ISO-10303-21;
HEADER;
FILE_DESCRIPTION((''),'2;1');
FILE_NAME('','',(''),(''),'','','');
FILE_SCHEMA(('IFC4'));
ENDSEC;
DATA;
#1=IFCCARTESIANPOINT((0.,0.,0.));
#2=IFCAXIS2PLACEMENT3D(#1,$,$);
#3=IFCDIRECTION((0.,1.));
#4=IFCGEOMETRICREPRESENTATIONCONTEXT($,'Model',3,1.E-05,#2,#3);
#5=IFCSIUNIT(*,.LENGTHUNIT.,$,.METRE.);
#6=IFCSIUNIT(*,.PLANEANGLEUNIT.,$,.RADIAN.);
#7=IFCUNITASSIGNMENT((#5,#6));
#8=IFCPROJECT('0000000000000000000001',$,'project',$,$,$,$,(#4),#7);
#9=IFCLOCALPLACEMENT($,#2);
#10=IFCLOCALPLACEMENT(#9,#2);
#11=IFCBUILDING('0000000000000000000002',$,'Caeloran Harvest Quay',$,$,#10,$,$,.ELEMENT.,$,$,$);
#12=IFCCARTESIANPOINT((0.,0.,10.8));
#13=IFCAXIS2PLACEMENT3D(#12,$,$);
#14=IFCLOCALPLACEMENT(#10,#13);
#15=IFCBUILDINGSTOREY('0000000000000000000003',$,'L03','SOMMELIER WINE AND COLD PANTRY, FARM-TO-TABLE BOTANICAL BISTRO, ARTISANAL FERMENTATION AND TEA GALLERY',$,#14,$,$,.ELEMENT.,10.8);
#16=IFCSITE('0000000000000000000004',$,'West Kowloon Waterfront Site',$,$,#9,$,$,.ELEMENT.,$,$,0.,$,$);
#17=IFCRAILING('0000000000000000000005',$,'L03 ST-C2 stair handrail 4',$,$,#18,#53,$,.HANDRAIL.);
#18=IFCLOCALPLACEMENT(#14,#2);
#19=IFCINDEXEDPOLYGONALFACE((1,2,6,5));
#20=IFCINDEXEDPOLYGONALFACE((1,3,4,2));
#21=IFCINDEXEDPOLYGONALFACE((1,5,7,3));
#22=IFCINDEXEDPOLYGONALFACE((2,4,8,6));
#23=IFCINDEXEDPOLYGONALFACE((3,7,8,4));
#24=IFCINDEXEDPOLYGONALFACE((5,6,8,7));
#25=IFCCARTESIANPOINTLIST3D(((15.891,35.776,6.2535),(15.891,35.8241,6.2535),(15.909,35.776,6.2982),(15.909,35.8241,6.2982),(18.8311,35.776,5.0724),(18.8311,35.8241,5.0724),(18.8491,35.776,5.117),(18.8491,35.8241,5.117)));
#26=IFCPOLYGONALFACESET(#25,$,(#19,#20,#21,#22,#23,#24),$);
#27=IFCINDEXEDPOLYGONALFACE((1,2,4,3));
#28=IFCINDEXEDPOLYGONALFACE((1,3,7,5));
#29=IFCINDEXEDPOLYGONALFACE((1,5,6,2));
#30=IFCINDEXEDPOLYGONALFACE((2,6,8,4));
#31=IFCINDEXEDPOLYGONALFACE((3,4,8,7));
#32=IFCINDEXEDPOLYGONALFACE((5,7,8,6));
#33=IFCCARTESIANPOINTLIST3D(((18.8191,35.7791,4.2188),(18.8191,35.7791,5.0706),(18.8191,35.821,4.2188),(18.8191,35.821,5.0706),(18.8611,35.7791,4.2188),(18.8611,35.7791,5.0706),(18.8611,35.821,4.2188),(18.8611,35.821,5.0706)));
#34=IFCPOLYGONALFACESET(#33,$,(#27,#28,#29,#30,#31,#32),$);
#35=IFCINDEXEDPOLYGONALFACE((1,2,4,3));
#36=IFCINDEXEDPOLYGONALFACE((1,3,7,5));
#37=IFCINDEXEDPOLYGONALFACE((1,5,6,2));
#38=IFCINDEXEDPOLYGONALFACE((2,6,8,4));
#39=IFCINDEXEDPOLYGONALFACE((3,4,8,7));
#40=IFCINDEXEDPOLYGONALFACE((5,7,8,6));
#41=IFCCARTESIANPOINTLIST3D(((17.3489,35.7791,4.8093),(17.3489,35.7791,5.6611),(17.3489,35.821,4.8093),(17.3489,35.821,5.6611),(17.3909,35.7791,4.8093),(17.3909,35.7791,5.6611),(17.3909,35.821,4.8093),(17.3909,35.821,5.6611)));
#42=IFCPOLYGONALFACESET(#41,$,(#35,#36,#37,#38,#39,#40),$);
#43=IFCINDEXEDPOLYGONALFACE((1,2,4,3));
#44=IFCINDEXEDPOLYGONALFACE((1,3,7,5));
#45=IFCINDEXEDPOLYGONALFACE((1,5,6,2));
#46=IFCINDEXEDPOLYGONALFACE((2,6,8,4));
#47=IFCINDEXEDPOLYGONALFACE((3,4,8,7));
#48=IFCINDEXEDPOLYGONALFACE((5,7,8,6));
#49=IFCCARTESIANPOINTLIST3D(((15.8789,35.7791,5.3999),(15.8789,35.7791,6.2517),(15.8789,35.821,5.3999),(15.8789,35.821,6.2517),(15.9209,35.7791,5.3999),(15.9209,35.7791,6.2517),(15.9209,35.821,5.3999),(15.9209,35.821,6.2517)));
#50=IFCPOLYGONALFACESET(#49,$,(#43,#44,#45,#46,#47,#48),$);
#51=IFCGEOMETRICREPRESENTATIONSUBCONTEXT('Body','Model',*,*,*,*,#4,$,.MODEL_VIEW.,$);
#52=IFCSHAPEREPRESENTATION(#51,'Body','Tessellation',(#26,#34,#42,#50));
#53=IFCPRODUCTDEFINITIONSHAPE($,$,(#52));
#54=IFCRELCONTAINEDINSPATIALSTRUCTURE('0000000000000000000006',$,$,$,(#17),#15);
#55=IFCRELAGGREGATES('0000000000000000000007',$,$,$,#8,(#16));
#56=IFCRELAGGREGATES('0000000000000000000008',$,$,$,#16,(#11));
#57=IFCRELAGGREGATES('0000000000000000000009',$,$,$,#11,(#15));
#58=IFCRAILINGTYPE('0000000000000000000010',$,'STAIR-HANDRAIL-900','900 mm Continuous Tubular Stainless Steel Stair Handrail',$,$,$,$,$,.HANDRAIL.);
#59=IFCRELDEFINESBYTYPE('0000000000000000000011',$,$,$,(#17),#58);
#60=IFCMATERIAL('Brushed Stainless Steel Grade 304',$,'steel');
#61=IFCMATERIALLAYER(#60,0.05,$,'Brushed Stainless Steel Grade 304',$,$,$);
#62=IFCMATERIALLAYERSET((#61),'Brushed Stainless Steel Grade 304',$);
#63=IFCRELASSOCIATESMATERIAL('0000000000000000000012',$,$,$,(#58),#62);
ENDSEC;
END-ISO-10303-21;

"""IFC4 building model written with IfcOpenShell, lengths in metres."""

from ifc_helpers import new_model, si_unit, direction, frame, origin, origin_2d, place, context, subcontext, project, spatial, rectangle, extrude, material, layer, layer_set, type_object, element, save


model = new_model("IFC4")

# Units and contexts
model_context = context("Model", 3, precision=1e-05, world=origin(), true_north=direction((0.0, 1.0)))
body_context = subcontext(model_context, "Body", "Model", "MODEL_VIEW")
ifc_project = project(units=[si_unit("LENGTHUNIT", "METRE"), si_unit("PLANEANGLEUNIT", "RADIAN")], contexts=[model_context])

# Site, building, storey
site_placement = place(None, origin())
site = spatial("IfcSite", under=ifc_project, at=site_placement, Name="West Kowloon Waterfront Site", CompositionType="ELEMENT", RefElevation=0.0)
building_placement = place(site_placement, origin())
building = spatial("IfcBuilding", under=site, at=building_placement, Name="Caeloran Harvest Quay", CompositionType="ELEMENT")
storey_placement = place(building_placement, frame((0.0, 0.0, 10.8)))
storey = spatial("IfcBuildingStorey", under=building, at=storey_placement, Name="L03", Description="SOMMELIER WINE AND COLD PANTRY, FARM-TO-TABLE BOTANICAL BISTRO, ARTISANAL FERMENTATION AND TEA GALLERY", CompositionType="ELEMENT", Elevation=10.8)

# Railing
ifc_material_1 = material(Name="Brushed Stainless Steel Grade 304", Category="steel")
ifc_layer_1 = layer(ifc_material_1, 0.05, Name="Brushed Stainless Steel Grade 304")
ifc_layer_set_1 = layer_set([ifc_layer_1], Name="Brushed Stainless Steel Grade 304")
railing_type_1 = type_object("IfcRailingType", Name="STAIR-HANDRAIL-900", Description="900 mm Continuous Tubular Stainless Steel Stair Handrail", PredefinedType="HANDRAIL", material=ifc_layer_set_1)
for number, where, name in (
    (1, (18.8401, 35.8, 4.2188), "L03 ST-C2 stair handrail 4"),
):
    element("IfcRailing", number, at=place(storey_placement, frame(where)), inside=storey, type_object=railing_type_1, Name=name, PredefinedType="HANDRAIL", context=body_context, shape_type="SweptSolid", body=[
        extrude(rectangle(XDim=0.0481, YDim=0.0481, at=origin_2d()), frame((0.0, 0.0, 0.876), z_axis=(-0.927923, 0.0, 0.372772), x_axis=(0.0, -1.0, 0.0)), (0.0, 0.0, 1.0), 3.1685),
        extrude(rectangle(XDim=0.042, YDim=0.042, at=origin_2d()), origin(), (0.0, 0.0, 1.0), 0.8518),
        extrude(rectangle(XDim=0.042, YDim=0.042, at=origin_2d()), frame((-1.4702, 0.0, 0.5906)), (0.0, 0.0, 1.0), 0.8518),
        extrude(rectangle(XDim=0.042, YDim=0.042, at=origin_2d()), frame((-2.9402, 0.0, 1.1812)), (0.0, 0.0, 1.0), 0.8518),
    ])

save(model, "model.ifc")
